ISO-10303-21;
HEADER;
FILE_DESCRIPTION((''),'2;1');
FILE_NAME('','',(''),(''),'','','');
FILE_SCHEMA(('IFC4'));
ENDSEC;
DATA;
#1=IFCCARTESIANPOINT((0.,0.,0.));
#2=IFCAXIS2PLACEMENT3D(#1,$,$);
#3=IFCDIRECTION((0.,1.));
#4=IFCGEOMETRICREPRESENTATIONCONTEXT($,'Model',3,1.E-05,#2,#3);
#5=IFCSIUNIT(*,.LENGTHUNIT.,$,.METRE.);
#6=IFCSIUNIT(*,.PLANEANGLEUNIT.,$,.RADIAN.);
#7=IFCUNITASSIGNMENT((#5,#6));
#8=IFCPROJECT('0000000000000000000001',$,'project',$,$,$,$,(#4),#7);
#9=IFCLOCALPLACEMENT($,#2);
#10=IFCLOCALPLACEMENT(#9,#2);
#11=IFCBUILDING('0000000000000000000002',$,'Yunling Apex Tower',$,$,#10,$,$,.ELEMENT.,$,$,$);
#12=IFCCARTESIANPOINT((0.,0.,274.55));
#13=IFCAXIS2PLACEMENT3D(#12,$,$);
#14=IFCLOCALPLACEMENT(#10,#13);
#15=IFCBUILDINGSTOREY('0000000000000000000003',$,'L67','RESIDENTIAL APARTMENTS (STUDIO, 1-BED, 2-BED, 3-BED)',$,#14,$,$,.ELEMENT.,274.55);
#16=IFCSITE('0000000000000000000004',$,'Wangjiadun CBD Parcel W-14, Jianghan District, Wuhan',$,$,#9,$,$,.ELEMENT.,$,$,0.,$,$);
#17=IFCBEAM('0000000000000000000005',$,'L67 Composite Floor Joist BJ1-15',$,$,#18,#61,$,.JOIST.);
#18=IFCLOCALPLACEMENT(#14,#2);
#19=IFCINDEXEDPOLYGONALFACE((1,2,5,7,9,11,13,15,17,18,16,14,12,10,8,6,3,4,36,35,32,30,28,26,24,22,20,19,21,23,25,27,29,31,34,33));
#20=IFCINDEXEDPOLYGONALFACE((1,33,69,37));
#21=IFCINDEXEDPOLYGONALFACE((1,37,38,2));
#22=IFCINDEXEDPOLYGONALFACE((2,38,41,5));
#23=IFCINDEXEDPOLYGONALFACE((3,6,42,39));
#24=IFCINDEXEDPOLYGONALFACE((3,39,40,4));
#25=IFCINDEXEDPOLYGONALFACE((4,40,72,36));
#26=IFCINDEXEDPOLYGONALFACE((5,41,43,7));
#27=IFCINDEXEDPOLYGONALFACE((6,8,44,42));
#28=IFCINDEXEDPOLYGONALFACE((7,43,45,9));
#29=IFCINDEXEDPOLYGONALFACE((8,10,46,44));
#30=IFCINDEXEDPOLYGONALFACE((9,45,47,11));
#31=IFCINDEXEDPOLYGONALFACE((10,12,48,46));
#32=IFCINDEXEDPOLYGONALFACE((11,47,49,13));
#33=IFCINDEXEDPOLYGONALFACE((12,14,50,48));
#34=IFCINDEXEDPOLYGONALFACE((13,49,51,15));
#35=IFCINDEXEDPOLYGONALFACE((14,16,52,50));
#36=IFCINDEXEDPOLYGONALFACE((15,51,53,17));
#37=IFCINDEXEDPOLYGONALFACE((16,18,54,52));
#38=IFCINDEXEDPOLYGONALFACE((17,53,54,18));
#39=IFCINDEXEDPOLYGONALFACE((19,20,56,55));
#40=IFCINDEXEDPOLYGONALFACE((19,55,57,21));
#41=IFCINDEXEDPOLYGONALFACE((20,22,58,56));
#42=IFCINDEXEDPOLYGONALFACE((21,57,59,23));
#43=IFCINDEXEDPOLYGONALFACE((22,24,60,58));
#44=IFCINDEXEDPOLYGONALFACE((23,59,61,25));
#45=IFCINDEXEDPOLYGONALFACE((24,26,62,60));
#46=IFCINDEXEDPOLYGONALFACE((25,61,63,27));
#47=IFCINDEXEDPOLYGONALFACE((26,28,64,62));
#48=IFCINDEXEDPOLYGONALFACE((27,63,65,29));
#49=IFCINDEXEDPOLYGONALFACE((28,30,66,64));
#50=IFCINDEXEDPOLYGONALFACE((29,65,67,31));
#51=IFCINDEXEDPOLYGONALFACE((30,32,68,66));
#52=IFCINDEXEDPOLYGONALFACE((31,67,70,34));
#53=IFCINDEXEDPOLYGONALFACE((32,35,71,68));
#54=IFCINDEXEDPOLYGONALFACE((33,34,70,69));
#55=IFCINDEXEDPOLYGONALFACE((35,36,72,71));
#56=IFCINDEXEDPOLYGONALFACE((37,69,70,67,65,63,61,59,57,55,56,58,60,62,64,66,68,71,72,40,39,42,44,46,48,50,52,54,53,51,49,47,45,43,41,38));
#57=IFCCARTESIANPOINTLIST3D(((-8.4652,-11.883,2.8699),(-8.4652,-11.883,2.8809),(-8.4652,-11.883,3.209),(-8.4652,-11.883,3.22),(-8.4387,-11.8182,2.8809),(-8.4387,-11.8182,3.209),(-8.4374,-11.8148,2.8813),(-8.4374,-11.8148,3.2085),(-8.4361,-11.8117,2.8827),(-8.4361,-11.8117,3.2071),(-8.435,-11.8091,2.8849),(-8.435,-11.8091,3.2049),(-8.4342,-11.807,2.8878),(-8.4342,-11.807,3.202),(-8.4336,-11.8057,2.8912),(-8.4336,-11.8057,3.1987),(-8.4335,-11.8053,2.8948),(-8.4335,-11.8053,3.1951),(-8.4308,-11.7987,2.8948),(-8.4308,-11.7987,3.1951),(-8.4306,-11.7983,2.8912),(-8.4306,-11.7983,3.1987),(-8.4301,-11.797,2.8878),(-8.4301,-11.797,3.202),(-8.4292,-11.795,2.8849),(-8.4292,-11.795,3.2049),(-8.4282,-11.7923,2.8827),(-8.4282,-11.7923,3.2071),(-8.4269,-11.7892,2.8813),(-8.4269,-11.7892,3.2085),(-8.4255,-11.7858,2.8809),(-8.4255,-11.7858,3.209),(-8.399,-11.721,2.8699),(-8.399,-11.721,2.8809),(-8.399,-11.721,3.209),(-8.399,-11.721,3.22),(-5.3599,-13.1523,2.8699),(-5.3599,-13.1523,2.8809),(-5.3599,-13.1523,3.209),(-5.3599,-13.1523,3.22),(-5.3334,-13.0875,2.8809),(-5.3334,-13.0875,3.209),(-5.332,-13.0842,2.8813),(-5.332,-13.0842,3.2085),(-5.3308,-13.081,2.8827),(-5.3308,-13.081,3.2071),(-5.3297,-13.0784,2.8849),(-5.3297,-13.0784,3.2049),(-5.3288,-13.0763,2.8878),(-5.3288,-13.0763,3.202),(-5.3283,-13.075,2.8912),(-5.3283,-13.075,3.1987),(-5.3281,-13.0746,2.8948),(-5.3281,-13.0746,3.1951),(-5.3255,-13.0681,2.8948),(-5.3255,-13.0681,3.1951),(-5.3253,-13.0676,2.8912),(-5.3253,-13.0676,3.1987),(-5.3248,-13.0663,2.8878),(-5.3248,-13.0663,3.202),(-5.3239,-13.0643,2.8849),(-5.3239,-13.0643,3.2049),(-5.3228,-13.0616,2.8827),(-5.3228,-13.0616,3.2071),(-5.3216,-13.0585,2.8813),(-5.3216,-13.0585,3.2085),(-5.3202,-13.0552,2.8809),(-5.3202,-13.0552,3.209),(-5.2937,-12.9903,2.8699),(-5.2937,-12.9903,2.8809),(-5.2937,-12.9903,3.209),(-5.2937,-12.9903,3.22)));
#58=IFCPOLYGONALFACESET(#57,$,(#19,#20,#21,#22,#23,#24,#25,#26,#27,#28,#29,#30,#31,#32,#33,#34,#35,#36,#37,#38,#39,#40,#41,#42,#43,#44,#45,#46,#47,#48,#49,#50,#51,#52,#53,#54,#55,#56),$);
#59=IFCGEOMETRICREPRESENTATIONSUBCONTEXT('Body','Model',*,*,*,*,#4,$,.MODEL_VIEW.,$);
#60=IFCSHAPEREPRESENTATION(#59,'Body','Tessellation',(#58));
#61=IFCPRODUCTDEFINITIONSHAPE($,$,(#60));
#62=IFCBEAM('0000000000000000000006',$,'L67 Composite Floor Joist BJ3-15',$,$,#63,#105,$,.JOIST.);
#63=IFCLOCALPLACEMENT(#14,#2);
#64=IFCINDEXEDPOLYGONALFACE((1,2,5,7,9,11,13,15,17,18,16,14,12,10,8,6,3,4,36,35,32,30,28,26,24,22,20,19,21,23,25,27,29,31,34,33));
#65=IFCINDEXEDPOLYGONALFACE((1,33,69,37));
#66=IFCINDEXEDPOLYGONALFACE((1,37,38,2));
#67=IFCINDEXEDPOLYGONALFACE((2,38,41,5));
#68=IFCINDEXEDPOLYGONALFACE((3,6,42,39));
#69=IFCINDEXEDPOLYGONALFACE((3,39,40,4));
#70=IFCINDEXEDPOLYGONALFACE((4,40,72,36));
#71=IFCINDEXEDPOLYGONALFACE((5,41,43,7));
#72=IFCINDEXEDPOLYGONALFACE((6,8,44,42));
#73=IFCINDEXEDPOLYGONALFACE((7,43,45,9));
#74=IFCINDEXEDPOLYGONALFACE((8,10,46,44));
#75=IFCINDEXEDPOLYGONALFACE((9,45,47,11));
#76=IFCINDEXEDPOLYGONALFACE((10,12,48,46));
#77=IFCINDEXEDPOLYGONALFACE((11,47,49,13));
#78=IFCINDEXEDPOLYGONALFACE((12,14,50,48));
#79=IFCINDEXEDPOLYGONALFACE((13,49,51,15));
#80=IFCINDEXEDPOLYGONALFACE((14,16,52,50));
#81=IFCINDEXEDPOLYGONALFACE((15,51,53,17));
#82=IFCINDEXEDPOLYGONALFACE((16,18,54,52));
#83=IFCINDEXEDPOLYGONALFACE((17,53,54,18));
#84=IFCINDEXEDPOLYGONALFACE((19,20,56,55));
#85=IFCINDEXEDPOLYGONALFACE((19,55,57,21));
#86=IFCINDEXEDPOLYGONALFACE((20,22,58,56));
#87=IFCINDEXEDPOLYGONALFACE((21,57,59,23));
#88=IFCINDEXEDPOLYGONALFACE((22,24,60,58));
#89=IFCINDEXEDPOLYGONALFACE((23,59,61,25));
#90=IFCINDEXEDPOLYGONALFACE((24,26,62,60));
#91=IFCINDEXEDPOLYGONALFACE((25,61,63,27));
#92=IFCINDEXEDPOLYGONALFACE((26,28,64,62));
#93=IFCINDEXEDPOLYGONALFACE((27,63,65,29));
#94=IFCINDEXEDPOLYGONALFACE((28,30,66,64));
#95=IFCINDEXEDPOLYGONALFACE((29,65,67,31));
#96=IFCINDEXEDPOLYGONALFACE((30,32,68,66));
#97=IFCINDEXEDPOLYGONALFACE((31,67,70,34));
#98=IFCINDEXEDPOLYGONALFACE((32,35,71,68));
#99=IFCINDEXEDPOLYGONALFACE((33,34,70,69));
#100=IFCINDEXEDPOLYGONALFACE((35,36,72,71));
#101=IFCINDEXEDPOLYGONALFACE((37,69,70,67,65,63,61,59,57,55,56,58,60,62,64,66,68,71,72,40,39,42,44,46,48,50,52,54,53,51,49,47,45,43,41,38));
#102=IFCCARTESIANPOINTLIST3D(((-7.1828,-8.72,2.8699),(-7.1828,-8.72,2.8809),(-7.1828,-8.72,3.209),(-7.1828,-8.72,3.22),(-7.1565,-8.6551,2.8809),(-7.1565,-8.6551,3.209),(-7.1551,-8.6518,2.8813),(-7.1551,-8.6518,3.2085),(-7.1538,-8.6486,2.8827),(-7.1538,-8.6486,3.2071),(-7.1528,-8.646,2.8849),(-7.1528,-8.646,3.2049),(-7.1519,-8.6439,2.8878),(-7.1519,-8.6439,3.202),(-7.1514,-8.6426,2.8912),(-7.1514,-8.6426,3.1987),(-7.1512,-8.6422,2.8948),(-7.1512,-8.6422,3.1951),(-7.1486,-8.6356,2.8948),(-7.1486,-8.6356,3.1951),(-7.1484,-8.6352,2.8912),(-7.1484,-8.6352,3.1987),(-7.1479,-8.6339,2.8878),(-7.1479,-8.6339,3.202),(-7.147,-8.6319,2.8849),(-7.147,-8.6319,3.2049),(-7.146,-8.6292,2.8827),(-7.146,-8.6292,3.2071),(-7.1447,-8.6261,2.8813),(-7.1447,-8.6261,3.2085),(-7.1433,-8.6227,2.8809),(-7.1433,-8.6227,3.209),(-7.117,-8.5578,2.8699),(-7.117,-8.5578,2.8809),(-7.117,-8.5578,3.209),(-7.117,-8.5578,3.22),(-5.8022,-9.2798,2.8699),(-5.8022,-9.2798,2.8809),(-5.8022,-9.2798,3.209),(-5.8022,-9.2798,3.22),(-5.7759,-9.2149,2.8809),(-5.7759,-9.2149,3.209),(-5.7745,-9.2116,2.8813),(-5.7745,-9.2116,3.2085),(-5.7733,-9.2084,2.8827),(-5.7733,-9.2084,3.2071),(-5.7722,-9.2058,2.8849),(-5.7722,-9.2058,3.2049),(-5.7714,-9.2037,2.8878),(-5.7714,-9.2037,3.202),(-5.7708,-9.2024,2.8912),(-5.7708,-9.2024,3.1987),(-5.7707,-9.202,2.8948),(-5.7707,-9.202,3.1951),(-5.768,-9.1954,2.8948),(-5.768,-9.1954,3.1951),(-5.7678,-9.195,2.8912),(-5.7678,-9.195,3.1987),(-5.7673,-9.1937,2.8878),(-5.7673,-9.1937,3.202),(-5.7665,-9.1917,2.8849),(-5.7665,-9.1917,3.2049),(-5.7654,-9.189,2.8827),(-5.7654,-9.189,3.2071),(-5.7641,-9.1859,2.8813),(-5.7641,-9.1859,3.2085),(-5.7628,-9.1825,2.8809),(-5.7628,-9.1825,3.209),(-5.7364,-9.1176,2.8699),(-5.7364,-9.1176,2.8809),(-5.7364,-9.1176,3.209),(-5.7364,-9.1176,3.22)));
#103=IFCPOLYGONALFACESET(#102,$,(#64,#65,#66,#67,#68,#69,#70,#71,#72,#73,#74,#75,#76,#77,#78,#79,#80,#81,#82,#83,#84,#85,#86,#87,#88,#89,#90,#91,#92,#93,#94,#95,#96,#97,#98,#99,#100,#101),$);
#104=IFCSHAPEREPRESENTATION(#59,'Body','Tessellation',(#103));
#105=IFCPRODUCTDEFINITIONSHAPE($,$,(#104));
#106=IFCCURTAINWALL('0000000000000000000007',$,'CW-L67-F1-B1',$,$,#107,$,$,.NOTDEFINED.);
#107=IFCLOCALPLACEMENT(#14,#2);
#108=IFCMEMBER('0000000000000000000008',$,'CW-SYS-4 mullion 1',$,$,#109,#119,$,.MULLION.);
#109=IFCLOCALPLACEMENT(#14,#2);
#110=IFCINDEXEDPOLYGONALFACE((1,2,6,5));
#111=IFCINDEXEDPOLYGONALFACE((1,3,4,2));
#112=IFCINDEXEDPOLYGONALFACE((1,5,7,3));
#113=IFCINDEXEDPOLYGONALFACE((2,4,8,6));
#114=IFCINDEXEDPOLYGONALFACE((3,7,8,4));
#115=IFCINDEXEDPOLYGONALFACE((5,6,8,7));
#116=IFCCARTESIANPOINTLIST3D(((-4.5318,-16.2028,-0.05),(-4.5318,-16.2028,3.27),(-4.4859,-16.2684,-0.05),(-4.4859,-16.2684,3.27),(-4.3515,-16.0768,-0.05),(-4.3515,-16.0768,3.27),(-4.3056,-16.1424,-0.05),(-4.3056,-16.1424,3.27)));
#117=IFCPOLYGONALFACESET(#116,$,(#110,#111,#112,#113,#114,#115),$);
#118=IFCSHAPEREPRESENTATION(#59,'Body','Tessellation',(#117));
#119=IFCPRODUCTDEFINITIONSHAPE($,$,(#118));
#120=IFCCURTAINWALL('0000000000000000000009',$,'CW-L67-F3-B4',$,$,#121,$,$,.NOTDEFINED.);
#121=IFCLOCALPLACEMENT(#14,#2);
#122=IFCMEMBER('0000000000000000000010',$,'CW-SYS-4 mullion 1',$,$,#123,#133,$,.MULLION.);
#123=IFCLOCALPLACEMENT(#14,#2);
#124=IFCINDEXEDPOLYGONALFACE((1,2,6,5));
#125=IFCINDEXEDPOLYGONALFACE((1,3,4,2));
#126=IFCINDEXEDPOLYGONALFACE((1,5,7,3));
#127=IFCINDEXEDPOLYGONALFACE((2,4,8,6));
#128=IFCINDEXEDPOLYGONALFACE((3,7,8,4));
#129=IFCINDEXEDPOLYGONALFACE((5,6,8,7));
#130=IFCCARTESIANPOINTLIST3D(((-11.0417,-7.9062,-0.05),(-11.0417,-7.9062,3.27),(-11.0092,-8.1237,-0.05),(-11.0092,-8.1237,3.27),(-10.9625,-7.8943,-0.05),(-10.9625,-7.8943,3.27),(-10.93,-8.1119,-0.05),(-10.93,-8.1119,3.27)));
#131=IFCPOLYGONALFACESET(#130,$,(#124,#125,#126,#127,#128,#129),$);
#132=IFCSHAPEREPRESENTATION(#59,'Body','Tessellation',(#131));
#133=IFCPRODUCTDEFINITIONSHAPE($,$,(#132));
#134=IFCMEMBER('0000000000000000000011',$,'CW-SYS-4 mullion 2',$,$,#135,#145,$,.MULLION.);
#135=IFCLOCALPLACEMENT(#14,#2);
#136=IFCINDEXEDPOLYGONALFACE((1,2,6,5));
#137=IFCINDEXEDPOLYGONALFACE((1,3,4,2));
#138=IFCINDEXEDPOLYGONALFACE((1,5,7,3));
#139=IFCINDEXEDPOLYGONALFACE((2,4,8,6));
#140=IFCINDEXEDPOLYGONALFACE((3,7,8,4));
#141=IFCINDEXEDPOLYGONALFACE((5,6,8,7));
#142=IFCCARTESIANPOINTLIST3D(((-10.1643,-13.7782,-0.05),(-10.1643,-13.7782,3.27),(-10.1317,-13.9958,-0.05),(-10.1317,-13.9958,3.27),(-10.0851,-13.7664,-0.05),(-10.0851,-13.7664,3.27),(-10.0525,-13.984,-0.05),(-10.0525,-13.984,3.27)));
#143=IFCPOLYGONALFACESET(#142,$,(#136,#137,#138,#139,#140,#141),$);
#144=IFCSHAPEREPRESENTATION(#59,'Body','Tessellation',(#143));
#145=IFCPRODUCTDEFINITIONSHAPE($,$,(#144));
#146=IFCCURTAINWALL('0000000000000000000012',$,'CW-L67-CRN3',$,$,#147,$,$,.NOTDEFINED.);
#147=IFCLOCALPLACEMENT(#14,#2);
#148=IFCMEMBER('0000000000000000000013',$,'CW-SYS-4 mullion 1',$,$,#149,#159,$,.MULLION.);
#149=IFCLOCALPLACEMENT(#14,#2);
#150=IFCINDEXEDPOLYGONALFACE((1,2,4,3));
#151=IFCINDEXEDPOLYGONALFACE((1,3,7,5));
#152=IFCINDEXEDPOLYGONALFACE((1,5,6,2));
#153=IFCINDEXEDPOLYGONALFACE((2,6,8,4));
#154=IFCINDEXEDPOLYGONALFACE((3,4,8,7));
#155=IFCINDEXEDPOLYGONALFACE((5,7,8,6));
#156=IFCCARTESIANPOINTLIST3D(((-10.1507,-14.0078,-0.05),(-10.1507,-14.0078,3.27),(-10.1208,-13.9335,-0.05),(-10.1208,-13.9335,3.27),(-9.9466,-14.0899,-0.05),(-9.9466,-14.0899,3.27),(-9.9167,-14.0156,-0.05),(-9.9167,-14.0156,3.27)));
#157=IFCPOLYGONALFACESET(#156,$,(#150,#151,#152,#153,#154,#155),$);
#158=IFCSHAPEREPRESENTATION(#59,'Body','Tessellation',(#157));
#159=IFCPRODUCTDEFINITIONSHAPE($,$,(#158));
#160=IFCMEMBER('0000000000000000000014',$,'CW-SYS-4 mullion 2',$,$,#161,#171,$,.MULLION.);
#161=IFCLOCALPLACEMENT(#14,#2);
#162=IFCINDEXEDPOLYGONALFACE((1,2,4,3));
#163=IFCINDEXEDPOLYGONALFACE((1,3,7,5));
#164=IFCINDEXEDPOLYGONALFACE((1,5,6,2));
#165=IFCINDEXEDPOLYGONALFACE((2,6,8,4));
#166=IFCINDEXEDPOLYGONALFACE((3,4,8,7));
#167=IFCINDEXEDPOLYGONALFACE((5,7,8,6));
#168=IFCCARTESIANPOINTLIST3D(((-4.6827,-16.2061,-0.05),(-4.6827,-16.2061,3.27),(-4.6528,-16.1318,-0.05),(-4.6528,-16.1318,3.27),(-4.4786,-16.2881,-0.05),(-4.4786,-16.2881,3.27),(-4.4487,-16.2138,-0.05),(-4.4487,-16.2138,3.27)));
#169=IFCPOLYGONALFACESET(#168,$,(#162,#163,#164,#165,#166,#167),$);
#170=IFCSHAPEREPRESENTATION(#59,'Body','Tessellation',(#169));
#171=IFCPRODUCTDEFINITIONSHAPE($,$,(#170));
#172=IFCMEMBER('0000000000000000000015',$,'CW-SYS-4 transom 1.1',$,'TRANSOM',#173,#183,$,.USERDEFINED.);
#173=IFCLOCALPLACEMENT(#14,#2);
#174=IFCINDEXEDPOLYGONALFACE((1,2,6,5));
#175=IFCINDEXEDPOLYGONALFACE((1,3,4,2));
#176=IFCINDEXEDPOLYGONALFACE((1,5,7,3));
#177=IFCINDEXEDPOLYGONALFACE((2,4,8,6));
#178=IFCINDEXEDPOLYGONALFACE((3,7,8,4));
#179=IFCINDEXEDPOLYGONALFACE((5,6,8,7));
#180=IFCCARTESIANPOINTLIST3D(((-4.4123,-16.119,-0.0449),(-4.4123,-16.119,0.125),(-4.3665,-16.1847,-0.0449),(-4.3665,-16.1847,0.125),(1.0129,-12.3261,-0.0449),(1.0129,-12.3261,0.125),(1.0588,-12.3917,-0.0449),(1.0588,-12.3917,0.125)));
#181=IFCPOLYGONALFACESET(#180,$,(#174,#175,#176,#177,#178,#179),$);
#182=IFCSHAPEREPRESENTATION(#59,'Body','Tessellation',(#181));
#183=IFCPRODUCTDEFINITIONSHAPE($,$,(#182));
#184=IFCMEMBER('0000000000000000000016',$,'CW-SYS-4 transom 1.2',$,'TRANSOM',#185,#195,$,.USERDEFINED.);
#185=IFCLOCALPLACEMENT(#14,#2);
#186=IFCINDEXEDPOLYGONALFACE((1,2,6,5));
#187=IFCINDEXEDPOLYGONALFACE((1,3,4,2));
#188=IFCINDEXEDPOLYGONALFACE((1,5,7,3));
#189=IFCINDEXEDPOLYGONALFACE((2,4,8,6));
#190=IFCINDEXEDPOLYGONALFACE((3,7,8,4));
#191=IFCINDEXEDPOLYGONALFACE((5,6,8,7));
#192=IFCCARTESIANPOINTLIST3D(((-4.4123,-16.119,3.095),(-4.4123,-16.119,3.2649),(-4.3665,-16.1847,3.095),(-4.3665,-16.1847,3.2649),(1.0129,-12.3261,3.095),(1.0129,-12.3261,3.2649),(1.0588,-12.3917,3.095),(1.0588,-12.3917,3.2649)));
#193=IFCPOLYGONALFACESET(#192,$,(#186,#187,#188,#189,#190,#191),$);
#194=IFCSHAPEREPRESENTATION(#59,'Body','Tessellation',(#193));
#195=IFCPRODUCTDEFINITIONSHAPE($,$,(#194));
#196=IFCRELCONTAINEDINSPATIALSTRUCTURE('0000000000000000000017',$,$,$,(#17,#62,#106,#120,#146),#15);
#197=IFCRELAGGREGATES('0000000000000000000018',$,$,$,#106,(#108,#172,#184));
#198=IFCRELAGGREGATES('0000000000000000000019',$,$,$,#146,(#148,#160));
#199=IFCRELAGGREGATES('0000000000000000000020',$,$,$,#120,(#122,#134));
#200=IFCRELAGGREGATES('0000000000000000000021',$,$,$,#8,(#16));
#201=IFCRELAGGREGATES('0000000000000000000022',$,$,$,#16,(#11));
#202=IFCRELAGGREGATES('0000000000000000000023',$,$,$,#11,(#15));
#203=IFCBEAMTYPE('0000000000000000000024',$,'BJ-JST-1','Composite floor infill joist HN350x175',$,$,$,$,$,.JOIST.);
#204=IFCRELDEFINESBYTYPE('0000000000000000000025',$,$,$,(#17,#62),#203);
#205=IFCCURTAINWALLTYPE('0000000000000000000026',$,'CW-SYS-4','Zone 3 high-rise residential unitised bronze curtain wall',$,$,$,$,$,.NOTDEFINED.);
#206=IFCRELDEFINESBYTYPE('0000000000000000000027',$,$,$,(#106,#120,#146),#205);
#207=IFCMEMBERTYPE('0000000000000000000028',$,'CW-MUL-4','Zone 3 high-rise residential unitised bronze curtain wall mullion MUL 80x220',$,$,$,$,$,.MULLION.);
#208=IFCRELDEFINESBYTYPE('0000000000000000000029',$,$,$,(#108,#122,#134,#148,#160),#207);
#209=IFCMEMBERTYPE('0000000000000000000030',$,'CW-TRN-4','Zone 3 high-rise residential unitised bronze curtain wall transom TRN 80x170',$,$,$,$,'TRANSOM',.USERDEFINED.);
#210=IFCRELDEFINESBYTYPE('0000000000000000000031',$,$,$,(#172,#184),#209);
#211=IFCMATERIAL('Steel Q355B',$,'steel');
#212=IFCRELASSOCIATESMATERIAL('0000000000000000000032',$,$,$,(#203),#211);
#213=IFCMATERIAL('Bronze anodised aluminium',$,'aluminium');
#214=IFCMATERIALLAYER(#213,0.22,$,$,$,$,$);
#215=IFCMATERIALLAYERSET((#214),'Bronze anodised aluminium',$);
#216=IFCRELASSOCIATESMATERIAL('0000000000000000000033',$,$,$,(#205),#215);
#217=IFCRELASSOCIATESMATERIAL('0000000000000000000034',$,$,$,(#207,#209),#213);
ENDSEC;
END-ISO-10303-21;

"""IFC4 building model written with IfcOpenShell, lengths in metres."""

from ifc_helpers import new_model, si_unit, direction, frame, origin, origin_2d, place, context, subcontext, project, spatial, rectangle, i_section, extrude, source, transform, mapped, material, layer, layer_set, material_profile, profile_set, type_object, element, aggregate, save


model = new_model("IFC4")

# Units and contexts
model_context = context("Model", 3, precision=1e-05, world=origin(), true_north=direction((0.0, 1.0)))
body_context = subcontext(model_context, "Body", "Model", "MODEL_VIEW")
ifc_project = project(units=[si_unit("LENGTHUNIT", "METRE"), si_unit("PLANEANGLEUNIT", "RADIAN")], contexts=[model_context])

# Site, building, storey
site_placement = place(None, origin())
site = spatial("IfcSite", under=ifc_project, at=site_placement, Name="Wangjiadun CBD Parcel W-14, Jianghan District, Wuhan", CompositionType="ELEMENT", RefElevation=0.0)
building_placement = place(site_placement, origin())
building = spatial("IfcBuilding", under=site, at=building_placement, Name="Yunling Apex Tower", CompositionType="ELEMENT")
storey_placement = place(building_placement, frame((0.0, 0.0, 274.55)))
storey = spatial("IfcBuildingStorey", under=building, at=storey_placement, Name="L67", Description="RESIDENTIAL APARTMENTS (STUDIO, 1-BED, 2-BED, 3-BED)", CompositionType="ELEMENT", Elevation=274.55)

# Shared definitions
ifc_material_1 = material(Name="Steel Q355B", Category="steel")

# Beams
ifc_material_profile_1 = material_profile(ifc_material_1, i_section(OverallWidth=0.175, OverallDepth=0.3501, WebThickness=0.0071, FlangeThickness=0.011, FilletRadius=0.0139, at=origin_2d()))
ifc_profile_set_1 = profile_set([ifc_material_profile_1], Name="Steel Q355B")
beam_type_1 = type_object("IfcBeamType", Name="BJ-JST-1", Description="Composite floor infill joist HN350x175", PredefinedType="JOIST", material=ifc_profile_set_1)
shared_shape_1 = source(origin(), body_context, "Body", "SweptSolid", [
    extrude(i_section(OverallWidth=0.175, OverallDepth=0.3501, WebThickness=0.0071, FlangeThickness=0.011, FilletRadius=0.0139, at=origin_2d()), origin(), (0.0, 0.0, 1.0), 3.3547),
])
beam_1_placement = place(storey_placement, frame((-8.4321, -11.802, 3.0449), z_axis=(0.925655, -0.378369, 0.0), x_axis=(0.378369, 0.925655, 0.0)))
element("IfcBeam", 1, at=beam_1_placement, inside=storey, type_object=beam_type_1, Name="L67 Composite Floor Joist BJ1-15", PredefinedType="JOIST", context=body_context, shape_type="MappedRepresentation", body=[
    mapped(shared_shape_1, transform((0.0, 0.0, 0.0), scale=1.0)),
])
shared_shape_2 = source(origin(), body_context, "Body", "SweptSolid", [
    extrude(i_section(OverallWidth=0.175, OverallDepth=0.3501, WebThickness=0.0071, FlangeThickness=0.011, FilletRadius=0.0139, at=origin_2d()), origin(), (0.0, 0.0, 1.0), 1.4897),
])
beam_2_placement = place(storey_placement, frame((-7.1499, -8.6389, 3.0449), z_axis=(0.926715, -0.375766, 0.0), x_axis=(0.375766, 0.926715, 0.0)))
element("IfcBeam", 2, at=beam_2_placement, inside=storey, type_object=beam_type_1, Name="L67 Composite Floor Joist BJ3-15", PredefinedType="JOIST", context=body_context, shape_type="MappedRepresentation", body=[
    mapped(shared_shape_2, transform((0.0, 0.0, 0.0), scale=1.0)),
])

# Curtain wall, member
ifc_material_2 = material(Name="Bronze anodised aluminium", Category="aluminium")
ifc_layer_1 = layer(ifc_material_2, 0.22)
ifc_layer_set_1 = layer_set([ifc_layer_1], Name="Bronze anodised aluminium")
curtain_wall_type = type_object("IfcCurtainWallType", Name="CW-SYS-4", Description="Zone 3 high-rise residential unitised bronze curtain wall", PredefinedType="NOTDEFINED", material=ifc_layer_set_1)
curtain_wall_1_placement = place(storey_placement, origin())
curtain_wall_1 = element("IfcCurtainWall", 3, at=curtain_wall_1_placement, inside=storey, type_object=curtain_wall_type, Name="CW-L67-F1-B1", PredefinedType="NOTDEFINED")
ifc_material_profile_2 = material_profile(ifc_material_2, rectangle(XDim=0.0801, YDim=0.22, at=origin_2d()))
ifc_profile_set_2 = profile_set([ifc_material_profile_2], Name="Bronze anodised aluminium")
member_type_1 = type_object("IfcMemberType", Name="CW-MUL-4", Description="Zone 3 high-rise residential unitised bronze curtain wall mullion MUL 80x220", PredefinedType="MULLION", material=ifc_profile_set_2)
shared_shape_3 = source(origin(), body_context, "Body", "SweptSolid", [
    extrude(rectangle(XDim=0.0801, YDim=0.22, at=origin_2d()), origin(), (0.0, 0.0, 1.0), 3.3201),
])
member_1_placement = place(storey_placement, frame((-4.4187, -16.1726, -0.05), z_axis=(0.0, 0.0, 1.0), x_axis=(-0.573, 0.819555, 0.0)))
member_1 = element("IfcMember", 4, at=member_1_placement, type_object=member_type_1, Name="CW-SYS-4 mullion 1", PredefinedType="MULLION", context=body_context, shape_type="MappedRepresentation", body=[
    mapped(shared_shape_3, transform((0.0, 0.0, 0.0), scale=1.0)),
])

# Curtain walls, members
curtain_wall_2_placement = place(storey_placement, origin())
curtain_wall_2 = element("IfcCurtainWall", 5, at=curtain_wall_2_placement, inside=storey, type_object=curtain_wall_type, Name="CW-L67-F3-B4", PredefinedType="NOTDEFINED")
member_2_placement = place(storey_placement, frame((-10.9858, -8.009, -0.05), z_axis=(0.0, 0.0, 1.0), x_axis=(0.989019, 0.147791, 0.0)))
member_2 = element("IfcMember", 6, at=member_2_placement, type_object=member_type_1, Name="CW-SYS-4 mullion 1", PredefinedType="MULLION", context=body_context, shape_type="MappedRepresentation", body=[
    mapped(shared_shape_3, transform((0.0, 0.0, 0.0), scale=1.0)),
])
member_3_placement = place(storey_placement, frame((-10.1084, -13.8811, -0.05), z_axis=(0.0, 0.0, 1.0), x_axis=(0.989019, 0.147791, 0.0)))
member_3 = element("IfcMember", 7, at=member_3_placement, type_object=member_type_1, Name="CW-SYS-4 mullion 2", PredefinedType="MULLION", context=body_context, shape_type="MappedRepresentation", body=[
    mapped(shared_shape_3, transform((0.0, 0.0, 0.0), scale=1.0)),
])
curtain_wall_3_placement = place(storey_placement, origin())
curtain_wall_3 = element("IfcCurtainWall", 8, at=curtain_wall_3_placement, inside=storey, type_object=curtain_wall_type, Name="CW-L67-CRN3", PredefinedType="NOTDEFINED")
member_4_placement = place(storey_placement, frame((-10.0337, -14.0117, -0.05), z_axis=(0.0, 0.0, 1.0), x_axis=(0.373009, 0.927828, 0.0)))
member_4 = element("IfcMember", 9, at=member_4_placement, type_object=member_type_1, Name="CW-SYS-4 mullion 1", PredefinedType="MULLION", context=body_context, shape_type="MappedRepresentation", body=[
    mapped(shared_shape_3, transform((0.0, 0.0, 0.0), scale=1.0)),
])
member_5_placement = place(storey_placement, frame((-4.5657, -16.21, -0.05), z_axis=(0.0, 0.0, 1.0), x_axis=(0.373009, 0.927828, 0.0)))
member_5 = element("IfcMember", 10, at=member_5_placement, type_object=member_type_1, Name="CW-SYS-4 mullion 2", PredefinedType="MULLION", context=body_context, shape_type="MappedRepresentation", body=[
    mapped(shared_shape_3, transform((0.0, 0.0, 0.0), scale=1.0)),
])

# Members
ifc_material_profile_3 = material_profile(ifc_material_2, rectangle(XDim=0.0801, YDim=0.1699, at=origin_2d()))
ifc_profile_set_3 = profile_set([ifc_material_profile_3], Name="Bronze anodised aluminium")
member_type_2 = type_object("IfcMemberType", Name="CW-TRN-4", Description="Zone 3 high-rise residential unitised bronze curtain wall transom TRN 80x170", ElementType="TRANSOM", PredefinedType="USERDEFINED", material=ifc_profile_set_3)
shared_shape_4 = source(origin(), body_context, "Body", "SweptSolid", [
    extrude(rectangle(XDim=0.0801, YDim=0.1699, at=origin_2d()), origin(), (0.0, 0.0, 1.0), 6.6196),
])
member_6_placement = place(storey_placement, frame((-4.3894, -16.1519, 0.04), z_axis=(0.819568, 0.572982, 0.0), x_axis=(-0.572982, 0.819568, 0.0)))
member_6 = element("IfcMember", 11, at=member_6_placement, type_object=member_type_2, Name="CW-SYS-4 transom 1.1", ObjectType="TRANSOM", PredefinedType="USERDEFINED", context=body_context, shape_type="MappedRepresentation", body=[
    mapped(shared_shape_4, transform((0.0, 0.0, 0.0), scale=1.0)),
])
member_7_placement = place(storey_placement, frame((-4.3894, -16.1519, 3.1799), z_axis=(0.819568, 0.572982, 0.0), x_axis=(-0.572982, 0.819568, 0.0)))
member_7 = element("IfcMember", 12, at=member_7_placement, type_object=member_type_2, Name="CW-SYS-4 transom 1.2", ObjectType="TRANSOM", PredefinedType="USERDEFINED", context=body_context, shape_type="MappedRepresentation", body=[
    mapped(shared_shape_4, transform((0.0, 0.0, 0.0), scale=1.0)),
])
aggregate(curtain_wall_1, [member_1, member_6, member_7])

aggregate(curtain_wall_3, [member_4, member_5])
aggregate(curtain_wall_2, [member_2, member_3])

save(model, "model.ifc")
